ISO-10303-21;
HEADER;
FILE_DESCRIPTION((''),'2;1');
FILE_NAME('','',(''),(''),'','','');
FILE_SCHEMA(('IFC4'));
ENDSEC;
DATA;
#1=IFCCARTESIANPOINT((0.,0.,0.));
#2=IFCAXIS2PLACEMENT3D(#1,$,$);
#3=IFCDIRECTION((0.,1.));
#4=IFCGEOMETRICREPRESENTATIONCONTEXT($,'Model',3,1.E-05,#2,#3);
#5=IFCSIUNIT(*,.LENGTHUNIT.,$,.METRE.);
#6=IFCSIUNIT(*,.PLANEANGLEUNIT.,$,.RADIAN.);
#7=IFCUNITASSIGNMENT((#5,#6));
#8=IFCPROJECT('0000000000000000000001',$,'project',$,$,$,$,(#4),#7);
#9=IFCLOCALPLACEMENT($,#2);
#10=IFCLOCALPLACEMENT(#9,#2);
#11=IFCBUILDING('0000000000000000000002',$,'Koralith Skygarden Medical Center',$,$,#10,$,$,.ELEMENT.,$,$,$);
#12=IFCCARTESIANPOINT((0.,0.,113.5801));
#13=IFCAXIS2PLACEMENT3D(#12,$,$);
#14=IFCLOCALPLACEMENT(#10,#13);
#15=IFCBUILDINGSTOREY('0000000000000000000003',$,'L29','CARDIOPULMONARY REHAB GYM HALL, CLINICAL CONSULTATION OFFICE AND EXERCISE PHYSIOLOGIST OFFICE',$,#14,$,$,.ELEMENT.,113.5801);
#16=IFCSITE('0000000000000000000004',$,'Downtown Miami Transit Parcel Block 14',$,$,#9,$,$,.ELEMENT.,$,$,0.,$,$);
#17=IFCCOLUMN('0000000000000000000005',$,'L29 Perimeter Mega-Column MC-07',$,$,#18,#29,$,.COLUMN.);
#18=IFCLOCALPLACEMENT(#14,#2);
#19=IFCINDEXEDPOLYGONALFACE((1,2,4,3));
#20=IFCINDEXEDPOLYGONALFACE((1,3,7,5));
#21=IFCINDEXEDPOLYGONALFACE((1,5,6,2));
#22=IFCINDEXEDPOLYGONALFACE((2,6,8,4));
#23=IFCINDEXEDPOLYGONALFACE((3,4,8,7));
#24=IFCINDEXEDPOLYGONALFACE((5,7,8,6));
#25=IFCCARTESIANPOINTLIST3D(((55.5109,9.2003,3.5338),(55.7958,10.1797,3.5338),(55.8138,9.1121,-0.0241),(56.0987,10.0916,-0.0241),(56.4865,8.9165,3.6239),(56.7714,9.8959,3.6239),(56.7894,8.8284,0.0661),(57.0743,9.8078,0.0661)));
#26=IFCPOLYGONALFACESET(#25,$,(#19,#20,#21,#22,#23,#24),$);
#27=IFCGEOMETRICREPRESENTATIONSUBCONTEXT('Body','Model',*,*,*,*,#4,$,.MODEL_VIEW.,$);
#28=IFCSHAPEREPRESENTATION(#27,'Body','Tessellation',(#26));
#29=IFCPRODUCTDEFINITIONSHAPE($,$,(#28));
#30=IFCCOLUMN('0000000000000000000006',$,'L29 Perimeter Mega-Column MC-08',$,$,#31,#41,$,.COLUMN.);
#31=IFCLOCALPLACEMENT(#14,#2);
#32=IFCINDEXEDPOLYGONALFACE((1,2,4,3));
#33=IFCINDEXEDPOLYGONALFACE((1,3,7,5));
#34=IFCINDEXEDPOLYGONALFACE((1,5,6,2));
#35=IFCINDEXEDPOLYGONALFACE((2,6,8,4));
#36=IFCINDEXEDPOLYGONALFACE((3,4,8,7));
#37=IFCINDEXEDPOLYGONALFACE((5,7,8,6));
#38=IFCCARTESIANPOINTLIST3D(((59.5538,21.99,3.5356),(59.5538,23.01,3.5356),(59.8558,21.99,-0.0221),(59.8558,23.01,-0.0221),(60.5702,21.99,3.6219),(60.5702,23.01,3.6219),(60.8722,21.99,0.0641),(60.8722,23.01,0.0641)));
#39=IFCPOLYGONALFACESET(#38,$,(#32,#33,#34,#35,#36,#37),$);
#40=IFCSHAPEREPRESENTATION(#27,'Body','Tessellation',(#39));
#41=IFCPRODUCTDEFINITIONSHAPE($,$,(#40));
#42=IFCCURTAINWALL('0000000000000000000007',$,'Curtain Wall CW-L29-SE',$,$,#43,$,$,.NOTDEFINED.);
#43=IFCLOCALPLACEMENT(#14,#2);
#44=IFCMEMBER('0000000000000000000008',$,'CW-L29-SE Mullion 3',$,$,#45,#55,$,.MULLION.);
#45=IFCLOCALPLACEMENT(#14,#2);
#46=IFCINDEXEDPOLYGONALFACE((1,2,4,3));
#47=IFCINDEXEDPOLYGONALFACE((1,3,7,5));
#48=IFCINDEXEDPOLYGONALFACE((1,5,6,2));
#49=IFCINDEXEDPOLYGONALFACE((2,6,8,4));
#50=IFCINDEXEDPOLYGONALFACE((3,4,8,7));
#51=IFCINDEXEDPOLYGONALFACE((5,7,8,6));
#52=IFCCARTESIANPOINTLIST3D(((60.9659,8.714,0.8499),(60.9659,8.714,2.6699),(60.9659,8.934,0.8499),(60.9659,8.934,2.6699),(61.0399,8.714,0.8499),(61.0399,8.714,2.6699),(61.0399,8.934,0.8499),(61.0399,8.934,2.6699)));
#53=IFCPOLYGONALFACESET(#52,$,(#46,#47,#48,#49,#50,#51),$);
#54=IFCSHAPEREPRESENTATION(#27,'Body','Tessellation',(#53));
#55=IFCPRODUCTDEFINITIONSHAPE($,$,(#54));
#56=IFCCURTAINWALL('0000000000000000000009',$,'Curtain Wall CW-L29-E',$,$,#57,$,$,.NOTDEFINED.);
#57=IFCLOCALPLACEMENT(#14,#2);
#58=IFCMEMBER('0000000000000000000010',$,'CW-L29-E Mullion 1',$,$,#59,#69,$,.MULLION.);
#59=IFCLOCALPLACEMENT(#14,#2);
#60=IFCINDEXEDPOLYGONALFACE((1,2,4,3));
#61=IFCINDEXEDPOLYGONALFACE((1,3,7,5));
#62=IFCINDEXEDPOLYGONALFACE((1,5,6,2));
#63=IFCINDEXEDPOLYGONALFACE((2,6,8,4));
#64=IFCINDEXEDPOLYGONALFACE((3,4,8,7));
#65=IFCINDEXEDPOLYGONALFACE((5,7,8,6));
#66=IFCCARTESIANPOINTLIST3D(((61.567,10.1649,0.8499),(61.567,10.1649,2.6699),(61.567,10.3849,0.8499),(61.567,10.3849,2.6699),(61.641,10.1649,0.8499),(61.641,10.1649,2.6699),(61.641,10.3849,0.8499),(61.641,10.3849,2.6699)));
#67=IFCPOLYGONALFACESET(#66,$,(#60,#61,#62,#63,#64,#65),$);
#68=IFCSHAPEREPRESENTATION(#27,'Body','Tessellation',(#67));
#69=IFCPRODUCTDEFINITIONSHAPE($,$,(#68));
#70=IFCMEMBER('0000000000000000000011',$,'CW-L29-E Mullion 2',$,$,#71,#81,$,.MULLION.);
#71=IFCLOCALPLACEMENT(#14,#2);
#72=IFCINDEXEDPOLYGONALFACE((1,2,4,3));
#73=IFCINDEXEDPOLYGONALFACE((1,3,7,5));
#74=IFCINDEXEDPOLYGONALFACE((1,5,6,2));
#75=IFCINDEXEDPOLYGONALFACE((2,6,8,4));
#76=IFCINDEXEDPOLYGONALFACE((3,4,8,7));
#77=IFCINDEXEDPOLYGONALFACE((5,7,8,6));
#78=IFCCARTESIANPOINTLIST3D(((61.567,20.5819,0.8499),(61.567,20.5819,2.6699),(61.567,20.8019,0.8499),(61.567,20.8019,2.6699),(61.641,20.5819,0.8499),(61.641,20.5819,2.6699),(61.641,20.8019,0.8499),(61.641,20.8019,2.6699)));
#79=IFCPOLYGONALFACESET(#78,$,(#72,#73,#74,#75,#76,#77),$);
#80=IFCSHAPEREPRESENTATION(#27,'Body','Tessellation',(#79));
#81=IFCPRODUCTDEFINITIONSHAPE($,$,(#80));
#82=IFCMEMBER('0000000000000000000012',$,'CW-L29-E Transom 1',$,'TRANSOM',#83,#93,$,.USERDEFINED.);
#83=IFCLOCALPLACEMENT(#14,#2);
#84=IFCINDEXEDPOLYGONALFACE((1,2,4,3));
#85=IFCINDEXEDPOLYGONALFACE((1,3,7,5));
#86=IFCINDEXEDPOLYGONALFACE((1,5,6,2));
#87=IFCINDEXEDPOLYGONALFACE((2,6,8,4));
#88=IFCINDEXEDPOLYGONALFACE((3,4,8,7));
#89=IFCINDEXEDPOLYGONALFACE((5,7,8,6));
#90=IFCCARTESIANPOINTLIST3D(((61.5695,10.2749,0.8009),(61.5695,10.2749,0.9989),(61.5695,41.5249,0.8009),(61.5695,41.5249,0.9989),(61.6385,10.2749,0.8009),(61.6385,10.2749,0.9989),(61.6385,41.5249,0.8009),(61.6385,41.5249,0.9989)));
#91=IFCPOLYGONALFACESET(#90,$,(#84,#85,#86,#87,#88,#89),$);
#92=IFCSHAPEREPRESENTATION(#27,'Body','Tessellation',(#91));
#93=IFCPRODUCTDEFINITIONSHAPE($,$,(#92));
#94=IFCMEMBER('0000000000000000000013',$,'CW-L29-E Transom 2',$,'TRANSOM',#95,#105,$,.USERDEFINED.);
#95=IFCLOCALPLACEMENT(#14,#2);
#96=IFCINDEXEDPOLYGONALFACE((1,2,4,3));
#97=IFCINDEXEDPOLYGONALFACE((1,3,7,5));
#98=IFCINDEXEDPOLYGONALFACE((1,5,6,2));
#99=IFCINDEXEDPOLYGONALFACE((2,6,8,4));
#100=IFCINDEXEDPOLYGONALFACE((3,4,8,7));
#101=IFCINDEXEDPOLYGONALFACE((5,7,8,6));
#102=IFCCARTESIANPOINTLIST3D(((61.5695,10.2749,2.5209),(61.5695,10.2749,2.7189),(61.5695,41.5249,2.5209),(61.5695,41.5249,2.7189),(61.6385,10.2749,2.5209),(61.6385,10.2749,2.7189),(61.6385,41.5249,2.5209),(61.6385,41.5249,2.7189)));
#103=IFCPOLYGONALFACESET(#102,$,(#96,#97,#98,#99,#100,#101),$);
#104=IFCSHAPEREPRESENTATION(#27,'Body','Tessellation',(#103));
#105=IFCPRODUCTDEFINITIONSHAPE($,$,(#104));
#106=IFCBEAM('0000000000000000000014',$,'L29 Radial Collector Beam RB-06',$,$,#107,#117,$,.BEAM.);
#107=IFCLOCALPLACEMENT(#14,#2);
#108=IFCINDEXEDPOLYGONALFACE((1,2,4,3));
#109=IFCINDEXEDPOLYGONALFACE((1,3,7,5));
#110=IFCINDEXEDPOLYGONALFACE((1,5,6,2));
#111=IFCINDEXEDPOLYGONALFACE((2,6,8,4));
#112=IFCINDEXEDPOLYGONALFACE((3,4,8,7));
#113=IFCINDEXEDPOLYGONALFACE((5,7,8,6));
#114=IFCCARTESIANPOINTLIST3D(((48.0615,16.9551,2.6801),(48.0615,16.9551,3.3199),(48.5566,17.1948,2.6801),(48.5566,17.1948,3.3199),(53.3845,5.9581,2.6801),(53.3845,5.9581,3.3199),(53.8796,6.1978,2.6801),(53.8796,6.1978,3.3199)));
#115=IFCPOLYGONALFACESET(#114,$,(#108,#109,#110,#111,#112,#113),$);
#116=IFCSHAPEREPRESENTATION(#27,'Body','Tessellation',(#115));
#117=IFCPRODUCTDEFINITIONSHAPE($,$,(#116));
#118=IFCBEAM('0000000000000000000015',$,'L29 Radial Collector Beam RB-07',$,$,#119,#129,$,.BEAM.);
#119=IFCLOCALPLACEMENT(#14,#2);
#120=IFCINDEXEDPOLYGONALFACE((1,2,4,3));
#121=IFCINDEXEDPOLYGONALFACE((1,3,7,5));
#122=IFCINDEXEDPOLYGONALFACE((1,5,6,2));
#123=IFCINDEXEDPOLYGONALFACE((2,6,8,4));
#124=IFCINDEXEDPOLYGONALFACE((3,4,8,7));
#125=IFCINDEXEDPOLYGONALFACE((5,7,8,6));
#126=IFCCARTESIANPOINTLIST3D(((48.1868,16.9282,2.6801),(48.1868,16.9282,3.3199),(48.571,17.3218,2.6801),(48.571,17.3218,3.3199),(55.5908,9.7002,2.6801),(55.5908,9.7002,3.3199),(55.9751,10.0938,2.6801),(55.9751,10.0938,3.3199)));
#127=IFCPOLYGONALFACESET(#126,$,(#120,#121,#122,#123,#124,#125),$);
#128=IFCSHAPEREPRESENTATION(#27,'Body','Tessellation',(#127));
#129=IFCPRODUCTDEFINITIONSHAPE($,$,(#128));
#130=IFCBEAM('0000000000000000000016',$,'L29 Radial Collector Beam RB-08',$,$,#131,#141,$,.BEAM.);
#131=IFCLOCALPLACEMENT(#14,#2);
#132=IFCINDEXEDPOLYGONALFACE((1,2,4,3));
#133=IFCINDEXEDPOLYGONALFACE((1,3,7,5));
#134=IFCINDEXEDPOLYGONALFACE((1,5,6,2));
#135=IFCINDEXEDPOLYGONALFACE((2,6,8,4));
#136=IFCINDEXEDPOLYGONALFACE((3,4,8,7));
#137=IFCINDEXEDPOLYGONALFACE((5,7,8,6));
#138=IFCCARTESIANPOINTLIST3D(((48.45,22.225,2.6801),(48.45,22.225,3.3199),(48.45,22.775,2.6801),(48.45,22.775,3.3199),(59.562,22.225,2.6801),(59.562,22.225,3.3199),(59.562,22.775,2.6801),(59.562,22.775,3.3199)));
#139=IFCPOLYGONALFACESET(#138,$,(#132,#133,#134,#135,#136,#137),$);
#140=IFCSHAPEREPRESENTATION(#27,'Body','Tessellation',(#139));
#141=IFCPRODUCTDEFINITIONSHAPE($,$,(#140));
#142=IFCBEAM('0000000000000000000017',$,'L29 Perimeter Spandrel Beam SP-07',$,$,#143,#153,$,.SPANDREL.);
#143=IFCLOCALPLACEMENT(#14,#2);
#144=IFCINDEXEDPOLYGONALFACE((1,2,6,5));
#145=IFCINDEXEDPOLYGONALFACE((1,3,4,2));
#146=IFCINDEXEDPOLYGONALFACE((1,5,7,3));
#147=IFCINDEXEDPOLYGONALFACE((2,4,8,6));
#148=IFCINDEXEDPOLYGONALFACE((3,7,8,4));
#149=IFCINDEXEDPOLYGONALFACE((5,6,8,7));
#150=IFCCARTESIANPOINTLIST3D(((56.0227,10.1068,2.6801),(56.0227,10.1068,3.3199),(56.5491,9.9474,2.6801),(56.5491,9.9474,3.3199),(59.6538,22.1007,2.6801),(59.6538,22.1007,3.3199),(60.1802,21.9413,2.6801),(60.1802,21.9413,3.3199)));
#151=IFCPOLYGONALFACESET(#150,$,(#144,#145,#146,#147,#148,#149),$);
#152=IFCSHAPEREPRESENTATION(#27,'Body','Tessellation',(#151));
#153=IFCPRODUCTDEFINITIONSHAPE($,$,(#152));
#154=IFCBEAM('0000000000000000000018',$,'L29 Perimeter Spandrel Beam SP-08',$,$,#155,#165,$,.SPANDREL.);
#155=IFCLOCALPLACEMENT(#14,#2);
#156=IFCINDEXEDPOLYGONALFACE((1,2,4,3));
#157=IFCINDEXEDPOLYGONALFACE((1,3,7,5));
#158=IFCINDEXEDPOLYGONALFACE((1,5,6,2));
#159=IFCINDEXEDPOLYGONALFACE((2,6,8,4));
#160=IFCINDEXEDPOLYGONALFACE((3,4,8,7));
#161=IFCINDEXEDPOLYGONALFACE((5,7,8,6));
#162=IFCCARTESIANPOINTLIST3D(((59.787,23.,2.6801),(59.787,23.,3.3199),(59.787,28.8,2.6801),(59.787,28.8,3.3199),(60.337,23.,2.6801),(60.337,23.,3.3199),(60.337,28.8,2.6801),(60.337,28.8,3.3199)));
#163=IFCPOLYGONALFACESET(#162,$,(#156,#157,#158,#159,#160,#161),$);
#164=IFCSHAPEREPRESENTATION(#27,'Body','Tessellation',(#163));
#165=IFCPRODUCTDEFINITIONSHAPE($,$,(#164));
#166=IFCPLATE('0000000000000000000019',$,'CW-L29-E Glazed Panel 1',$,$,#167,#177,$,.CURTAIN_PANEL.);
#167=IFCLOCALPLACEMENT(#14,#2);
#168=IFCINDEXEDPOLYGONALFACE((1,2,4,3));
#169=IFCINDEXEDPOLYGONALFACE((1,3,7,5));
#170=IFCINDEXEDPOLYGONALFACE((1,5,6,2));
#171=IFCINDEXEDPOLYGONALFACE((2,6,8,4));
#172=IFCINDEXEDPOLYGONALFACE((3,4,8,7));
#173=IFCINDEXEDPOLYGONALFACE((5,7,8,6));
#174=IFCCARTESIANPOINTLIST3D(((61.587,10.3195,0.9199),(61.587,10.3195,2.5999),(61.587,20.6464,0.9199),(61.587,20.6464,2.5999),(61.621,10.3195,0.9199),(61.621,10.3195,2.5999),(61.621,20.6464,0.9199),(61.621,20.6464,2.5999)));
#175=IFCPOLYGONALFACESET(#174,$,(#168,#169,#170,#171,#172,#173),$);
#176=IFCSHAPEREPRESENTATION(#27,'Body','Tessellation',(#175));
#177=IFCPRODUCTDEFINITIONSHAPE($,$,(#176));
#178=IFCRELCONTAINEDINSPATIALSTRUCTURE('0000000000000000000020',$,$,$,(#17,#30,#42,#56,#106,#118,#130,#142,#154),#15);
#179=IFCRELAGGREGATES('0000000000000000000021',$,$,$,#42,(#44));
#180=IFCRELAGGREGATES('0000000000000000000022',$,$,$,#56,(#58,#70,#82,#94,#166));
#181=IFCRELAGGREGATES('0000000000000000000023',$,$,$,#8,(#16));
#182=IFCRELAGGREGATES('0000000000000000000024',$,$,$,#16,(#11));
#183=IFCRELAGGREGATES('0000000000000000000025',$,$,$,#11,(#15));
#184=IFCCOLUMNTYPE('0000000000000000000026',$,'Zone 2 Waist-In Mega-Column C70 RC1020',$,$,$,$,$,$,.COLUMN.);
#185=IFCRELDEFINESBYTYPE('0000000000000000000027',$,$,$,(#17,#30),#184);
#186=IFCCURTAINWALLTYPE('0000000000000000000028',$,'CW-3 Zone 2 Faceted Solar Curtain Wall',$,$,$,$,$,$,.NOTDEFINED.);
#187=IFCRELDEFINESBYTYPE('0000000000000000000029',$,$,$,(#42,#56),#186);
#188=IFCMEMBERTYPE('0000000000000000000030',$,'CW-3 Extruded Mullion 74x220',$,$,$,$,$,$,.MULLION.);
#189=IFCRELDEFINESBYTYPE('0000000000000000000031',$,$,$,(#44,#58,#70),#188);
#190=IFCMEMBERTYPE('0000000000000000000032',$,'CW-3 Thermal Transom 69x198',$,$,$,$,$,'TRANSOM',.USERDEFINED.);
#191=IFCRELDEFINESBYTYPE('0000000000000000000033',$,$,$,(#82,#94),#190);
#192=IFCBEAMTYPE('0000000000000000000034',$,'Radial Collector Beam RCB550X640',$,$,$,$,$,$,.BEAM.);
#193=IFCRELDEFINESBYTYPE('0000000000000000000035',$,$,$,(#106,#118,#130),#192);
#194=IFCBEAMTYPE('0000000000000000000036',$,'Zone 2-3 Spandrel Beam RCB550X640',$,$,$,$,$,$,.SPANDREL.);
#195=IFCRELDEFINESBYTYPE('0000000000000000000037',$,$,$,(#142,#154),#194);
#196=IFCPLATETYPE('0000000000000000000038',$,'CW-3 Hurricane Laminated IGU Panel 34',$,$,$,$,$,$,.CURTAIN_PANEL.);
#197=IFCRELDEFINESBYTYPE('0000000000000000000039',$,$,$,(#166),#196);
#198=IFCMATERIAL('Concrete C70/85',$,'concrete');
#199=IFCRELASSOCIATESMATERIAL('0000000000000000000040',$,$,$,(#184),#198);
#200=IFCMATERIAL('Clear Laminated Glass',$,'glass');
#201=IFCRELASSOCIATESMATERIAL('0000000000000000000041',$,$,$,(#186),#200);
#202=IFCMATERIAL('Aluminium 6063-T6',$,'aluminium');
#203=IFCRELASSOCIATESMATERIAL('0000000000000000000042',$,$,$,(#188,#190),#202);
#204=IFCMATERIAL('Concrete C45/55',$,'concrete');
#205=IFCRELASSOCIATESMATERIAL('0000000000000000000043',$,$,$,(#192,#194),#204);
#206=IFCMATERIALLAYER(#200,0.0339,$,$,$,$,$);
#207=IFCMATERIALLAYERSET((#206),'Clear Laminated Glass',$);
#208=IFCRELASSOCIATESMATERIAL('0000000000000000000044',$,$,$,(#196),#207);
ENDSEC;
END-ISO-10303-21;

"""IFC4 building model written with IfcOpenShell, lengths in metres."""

from ifc_helpers import new_model, si_unit, direction, frame, origin, origin_2d, place, context, subcontext, project, spatial, rectangle, extrude, material, layer, layer_set, material_profile, profile_set, type_object, element, aggregate, save


model = new_model("IFC4")

# Units and contexts
model_context = context("Model", 3, precision=1e-05, world=origin(), true_north=direction((0.0, 1.0)))
body_context = subcontext(model_context, "Body", "Model", "MODEL_VIEW")
ifc_project = project(units=[si_unit("LENGTHUNIT", "METRE"), si_unit("PLANEANGLEUNIT", "RADIAN")], contexts=[model_context])

# Site, building, storey
site_placement = place(None, origin())
site = spatial("IfcSite", under=ifc_project, at=site_placement, Name="Downtown Miami Transit Parcel Block 14", CompositionType="ELEMENT", RefElevation=0.0)
building_placement = place(site_placement, origin())
building = spatial("IfcBuilding", under=site, at=building_placement, Name="Koralith Skygarden Medical Center", CompositionType="ELEMENT")
storey_placement = place(building_placement, frame((0.0, 0.0, 113.5801)))
storey = spatial("IfcBuildingStorey", under=building, at=storey_placement, Name="L29", Description="CARDIOPULMONARY REHAB GYM HALL, CLINICAL CONSULTATION OFFICE AND EXERCISE PHYSIOLOGIST OFFICE", CompositionType="ELEMENT", Elevation=113.5801)

# Columns
ifc_material_1 = material(Name="Concrete C70/85", Category="concrete")
ifc_material_profile_1 = material_profile(ifc_material_1, rectangle(XDim=1.02, YDim=1.02, at=origin_2d()), Name="RC1020X1020")
ifc_profile_set_1 = profile_set([ifc_material_profile_1], Name="Concrete C70/85")
column_type = type_object("IfcColumnType", Name="Zone 2 Waist-In Mega-Column C70 RC1020", PredefinedType="COLUMN", material=ifc_profile_set_1)
column_1_placement = place(storey_placement, frame((56.4441, 9.46, 0.021), z_axis=(-0.084825, 0.024675, 0.99609), x_axis=(-0.279317, -0.960199, 0.0)))
element("IfcColumn", 1, at=column_1_placement, inside=storey, type_object=column_type, Name="L29 Perimeter Mega-Column MC-07", PredefinedType="COLUMN", context=body_context, shape_type="SweptSolid", body=[
    extrude(rectangle(XDim=1.02, YDim=1.02, at=origin_2d()), origin(), (0.0, 0.0, 1.0), 3.5718),
])
column_2_placement = place(storey_placement, frame((60.364, 22.5, 0.021), z_axis=(-0.084579, 0.0, 0.996417), x_axis=(0.0, -1.0, 0.0)))
element("IfcColumn", 2, at=column_2_placement, inside=storey, type_object=column_type, Name="L29 Perimeter Mega-Column MC-08", PredefinedType="COLUMN", context=body_context, shape_type="SweptSolid", body=[
    extrude(rectangle(XDim=1.02, YDim=1.02, at=origin_2d()), origin(), (0.0, 0.0, 1.0), 3.5706),
])

# Curtain wall, member
ifc_material_2 = material(Name="Clear Laminated Glass", Category="glass")
curtain_wall_type = type_object("IfcCurtainWallType", Name="CW-3 Zone 2 Faceted Solar Curtain Wall", PredefinedType="NOTDEFINED", material=ifc_material_2)
curtain_wall_1_placement = place(storey_placement, origin())
curtain_wall_1 = element("IfcCurtainWall", 3, at=curtain_wall_1_placement, inside=storey, type_object=curtain_wall_type, Name="Curtain Wall CW-L29-SE", PredefinedType="NOTDEFINED")
ifc_material_3 = material(Name="Aluminium 6063-T6", Category="aluminium")
ifc_material_profile_2 = material_profile(ifc_material_3, rectangle(XDim=0.074, YDim=0.22, at=origin_2d()), Name="MUL74X220")
ifc_profile_set_2 = profile_set([ifc_material_profile_2], Name="Aluminium 6063-T6")
member_type_1 = type_object("IfcMemberType", Name="CW-3 Extruded Mullion 74x220", PredefinedType="MULLION", material=ifc_profile_set_2)
member_1_placement = place(storey_placement, frame((61.0029, 8.824, 0.8499), z_axis=(0.0, 0.0, 1.0), x_axis=(1.0, 0.0, 0.0)))
member_1 = element("IfcMember", 4, at=member_1_placement, type_object=member_type_1, Name="CW-L29-SE Mullion 3", PredefinedType="MULLION", context=body_context, shape_type="SweptSolid", body=[
    extrude(rectangle(XDim=0.074, YDim=0.22, at=origin_2d()), origin(), (0.0, 0.0, 1.0), 1.8201),
])
aggregate(curtain_wall_1, [member_1])

# Curtain wall, members
curtain_wall_2_placement = place(storey_placement, origin())
curtain_wall_2 = element("IfcCurtainWall", 5, at=curtain_wall_2_placement, inside=storey, type_object=curtain_wall_type, Name="Curtain Wall CW-L29-E", PredefinedType="NOTDEFINED")
member_2_placement = place(storey_placement, frame((61.604, 10.2749, 0.8499), z_axis=(0.0, 0.0, 1.0), x_axis=(1.0, 0.0, 0.0)))
member_2 = element("IfcMember", 6, at=member_2_placement, type_object=member_type_1, Name="CW-L29-E Mullion 1", PredefinedType="MULLION", context=body_context, shape_type="SweptSolid", body=[
    extrude(rectangle(XDim=0.074, YDim=0.22, at=origin_2d()), origin(), (0.0, 0.0, 1.0), 1.8201),
])
member_3_placement = place(storey_placement, frame((61.604, 20.6919, 0.8499), z_axis=(0.0, 0.0, 1.0), x_axis=(1.0, 0.0, 0.0)))
member_3 = element("IfcMember", 7, at=member_3_placement, type_object=member_type_1, Name="CW-L29-E Mullion 2", PredefinedType="MULLION", context=body_context, shape_type="SweptSolid", body=[
    extrude(rectangle(XDim=0.074, YDim=0.22, at=origin_2d()), origin(), (0.0, 0.0, 1.0), 1.8201),
])
ifc_material_profile_3 = material_profile(ifc_material_3, rectangle(XDim=0.0691, YDim=0.198, at=origin_2d()), Name="TRN69X198")
ifc_profile_set_3 = profile_set([ifc_material_profile_3], Name="Aluminium 6063-T6")
member_type_2 = type_object("IfcMemberType", Name="CW-3 Thermal Transom 69x198", ElementType="TRANSOM", PredefinedType="USERDEFINED", material=ifc_profile_set_3)
member_4_placement = place(storey_placement, frame((61.604, 10.2749, 0.8999), z_axis=(0.0, 1.0, 0.0), x_axis=(-1.0, 0.0, 0.0)))
member_4 = element("IfcMember", 8, at=member_4_placement, type_object=member_type_2, Name="CW-L29-E Transom 1", ObjectType="TRANSOM", PredefinedType="USERDEFINED", context=body_context, shape_type="SweptSolid", body=[
    extrude(rectangle(XDim=0.0691, YDim=0.198, at=origin_2d()), origin(), (0.0, 0.0, 1.0), 31.25),
])
member_5_placement = place(storey_placement, frame((61.604, 10.2749, 2.6199), z_axis=(0.0, 1.0, 0.0), x_axis=(-1.0, 0.0, 0.0)))
member_5 = element("IfcMember", 9, at=member_5_placement, type_object=member_type_2, Name="CW-L29-E Transom 2", ObjectType="TRANSOM", PredefinedType="USERDEFINED", context=body_context, shape_type="SweptSolid", body=[
    extrude(rectangle(XDim=0.0691, YDim=0.198, at=origin_2d()), origin(), (0.0, 0.0, 1.0), 31.25),
])

# Beams
ifc_material_4 = material(Name="Concrete C45/55", Category="concrete")
ifc_material_profile_4 = material_profile(ifc_material_4, rectangle(XDim=0.55, YDim=0.6399, at=origin_2d()), Name="RCB550X640")
ifc_profile_set_4 = profile_set([ifc_material_profile_4], Name="Concrete C45/55")
beam_type_1 = type_object("IfcBeamType", Name="Radial Collector Beam RCB550X640", PredefinedType="BEAM", material=ifc_profile_set_4)
beam_1_placement = place(storey_placement, frame((48.3091, 17.075, 3.0), z_axis=(0.435683, -0.9001, 0.0), x_axis=(0.9001, 0.435683, 0.0)))
element("IfcBeam", 10, at=beam_1_placement, inside=storey, type_object=beam_type_1, Name="L29 Radial Collector Beam RB-06", PredefinedType="BEAM", context=body_context, shape_type="SweptSolid", body=[
    extrude(rectangle(XDim=0.55, YDim=0.6399, at=origin_2d()), origin(), (0.0, 0.0, 1.0), 12.2175),
])
beam_2_placement = place(storey_placement, frame((48.3789, 17.125, 3.0), z_axis=(0.715562, -0.69855, 0.0), x_axis=(0.69855, 0.715562, 0.0)))
element("IfcBeam", 11, at=beam_2_placement, inside=storey, type_object=beam_type_1, Name="L29 Radial Collector Beam RB-07", PredefinedType="BEAM", context=body_context, shape_type="SweptSolid", body=[
    extrude(rectangle(XDim=0.55, YDim=0.6399, at=origin_2d()), origin(), (0.0, 0.0, 1.0), 10.3472),
])
beam_3_placement = place(storey_placement, frame((48.45, 22.5, 3.0), z_axis=(1.0, 0.0, 0.0), x_axis=(0.0, 1.0, 0.0)))
element("IfcBeam", 12, at=beam_3_placement, inside=storey, type_object=beam_type_1, Name="L29 Radial Collector Beam RB-08", PredefinedType="BEAM", context=body_context, shape_type="SweptSolid", body=[
    extrude(rectangle(XDim=0.55, YDim=0.6399, at=origin_2d()), origin(), (0.0, 0.0, 1.0), 11.1121),
])
ifc_material_profile_5 = material_profile(ifc_material_4, rectangle(XDim=0.55, YDim=0.6399, at=origin_2d()), Name="RCB550X640")
ifc_profile_set_5 = profile_set([ifc_material_profile_5], Name="Concrete C45/55")
beam_type_2 = type_object("IfcBeamType", Name="Zone 2-3 Spandrel Beam RCB550X640", PredefinedType="SPANDREL", material=ifc_profile_set_5)
beam_4_placement = place(storey_placement, frame((56.2859, 10.0271, 3.0), z_axis=(0.289758, 0.9571, 0.0), x_axis=(-0.9571, 0.289758, 0.0)))
element("IfcBeam", 13, at=beam_4_placement, inside=storey, type_object=beam_type_2, Name="L29 Perimeter Spandrel Beam SP-07", PredefinedType="SPANDREL", context=body_context, shape_type="SweptSolid", body=[
    extrude(rectangle(XDim=0.55, YDim=0.6399, at=origin_2d()), origin(), (0.0, 0.0, 1.0), 12.5315),
])
beam_5_placement = place(storey_placement, frame((60.062, 23.0, 3.0), z_axis=(0.0, 1.0, 0.0), x_axis=(-1.0, 0.0, 0.0)))
element("IfcBeam", 14, at=beam_5_placement, inside=storey, type_object=beam_type_2, Name="L29 Perimeter Spandrel Beam SP-08", PredefinedType="SPANDREL", context=body_context, shape_type="SweptSolid", body=[
    extrude(rectangle(XDim=0.55, YDim=0.6399, at=origin_2d()), origin(), (0.0, 0.0, 1.0), 5.8),
])

# Plate
ifc_layer_1 = layer(ifc_material_2, 0.0339)
ifc_layer_set_1 = layer_set([ifc_layer_1], Name="Clear Laminated Glass")
plate_type_1 = type_object("IfcPlateType", Name="CW-3 Hurricane Laminated IGU Panel 34", PredefinedType="CURTAIN_PANEL", material=ifc_layer_set_1)
plate_1_placement = place(storey_placement, frame((61.604, 15.4829, 0.9199), z_axis=(0.0, 0.0, 1.0), x_axis=(0.0, 1.0, 0.0)))
plate_1 = element("IfcPlate", 15, at=plate_1_placement, type_object=plate_type_1, Name="CW-L29-E Glazed Panel 1", PredefinedType="CURTAIN_PANEL", context=body_context, shape_type="SweptSolid", body=[
    extrude(rectangle(XDim=10.3269, YDim=0.0339, at=origin_2d()), origin(), (0.0, 0.0, 1.0), 1.6799),
])
aggregate(curtain_wall_2, [member_2, member_3, member_4, member_5, plate_1])

save(model, "model.ifc")
